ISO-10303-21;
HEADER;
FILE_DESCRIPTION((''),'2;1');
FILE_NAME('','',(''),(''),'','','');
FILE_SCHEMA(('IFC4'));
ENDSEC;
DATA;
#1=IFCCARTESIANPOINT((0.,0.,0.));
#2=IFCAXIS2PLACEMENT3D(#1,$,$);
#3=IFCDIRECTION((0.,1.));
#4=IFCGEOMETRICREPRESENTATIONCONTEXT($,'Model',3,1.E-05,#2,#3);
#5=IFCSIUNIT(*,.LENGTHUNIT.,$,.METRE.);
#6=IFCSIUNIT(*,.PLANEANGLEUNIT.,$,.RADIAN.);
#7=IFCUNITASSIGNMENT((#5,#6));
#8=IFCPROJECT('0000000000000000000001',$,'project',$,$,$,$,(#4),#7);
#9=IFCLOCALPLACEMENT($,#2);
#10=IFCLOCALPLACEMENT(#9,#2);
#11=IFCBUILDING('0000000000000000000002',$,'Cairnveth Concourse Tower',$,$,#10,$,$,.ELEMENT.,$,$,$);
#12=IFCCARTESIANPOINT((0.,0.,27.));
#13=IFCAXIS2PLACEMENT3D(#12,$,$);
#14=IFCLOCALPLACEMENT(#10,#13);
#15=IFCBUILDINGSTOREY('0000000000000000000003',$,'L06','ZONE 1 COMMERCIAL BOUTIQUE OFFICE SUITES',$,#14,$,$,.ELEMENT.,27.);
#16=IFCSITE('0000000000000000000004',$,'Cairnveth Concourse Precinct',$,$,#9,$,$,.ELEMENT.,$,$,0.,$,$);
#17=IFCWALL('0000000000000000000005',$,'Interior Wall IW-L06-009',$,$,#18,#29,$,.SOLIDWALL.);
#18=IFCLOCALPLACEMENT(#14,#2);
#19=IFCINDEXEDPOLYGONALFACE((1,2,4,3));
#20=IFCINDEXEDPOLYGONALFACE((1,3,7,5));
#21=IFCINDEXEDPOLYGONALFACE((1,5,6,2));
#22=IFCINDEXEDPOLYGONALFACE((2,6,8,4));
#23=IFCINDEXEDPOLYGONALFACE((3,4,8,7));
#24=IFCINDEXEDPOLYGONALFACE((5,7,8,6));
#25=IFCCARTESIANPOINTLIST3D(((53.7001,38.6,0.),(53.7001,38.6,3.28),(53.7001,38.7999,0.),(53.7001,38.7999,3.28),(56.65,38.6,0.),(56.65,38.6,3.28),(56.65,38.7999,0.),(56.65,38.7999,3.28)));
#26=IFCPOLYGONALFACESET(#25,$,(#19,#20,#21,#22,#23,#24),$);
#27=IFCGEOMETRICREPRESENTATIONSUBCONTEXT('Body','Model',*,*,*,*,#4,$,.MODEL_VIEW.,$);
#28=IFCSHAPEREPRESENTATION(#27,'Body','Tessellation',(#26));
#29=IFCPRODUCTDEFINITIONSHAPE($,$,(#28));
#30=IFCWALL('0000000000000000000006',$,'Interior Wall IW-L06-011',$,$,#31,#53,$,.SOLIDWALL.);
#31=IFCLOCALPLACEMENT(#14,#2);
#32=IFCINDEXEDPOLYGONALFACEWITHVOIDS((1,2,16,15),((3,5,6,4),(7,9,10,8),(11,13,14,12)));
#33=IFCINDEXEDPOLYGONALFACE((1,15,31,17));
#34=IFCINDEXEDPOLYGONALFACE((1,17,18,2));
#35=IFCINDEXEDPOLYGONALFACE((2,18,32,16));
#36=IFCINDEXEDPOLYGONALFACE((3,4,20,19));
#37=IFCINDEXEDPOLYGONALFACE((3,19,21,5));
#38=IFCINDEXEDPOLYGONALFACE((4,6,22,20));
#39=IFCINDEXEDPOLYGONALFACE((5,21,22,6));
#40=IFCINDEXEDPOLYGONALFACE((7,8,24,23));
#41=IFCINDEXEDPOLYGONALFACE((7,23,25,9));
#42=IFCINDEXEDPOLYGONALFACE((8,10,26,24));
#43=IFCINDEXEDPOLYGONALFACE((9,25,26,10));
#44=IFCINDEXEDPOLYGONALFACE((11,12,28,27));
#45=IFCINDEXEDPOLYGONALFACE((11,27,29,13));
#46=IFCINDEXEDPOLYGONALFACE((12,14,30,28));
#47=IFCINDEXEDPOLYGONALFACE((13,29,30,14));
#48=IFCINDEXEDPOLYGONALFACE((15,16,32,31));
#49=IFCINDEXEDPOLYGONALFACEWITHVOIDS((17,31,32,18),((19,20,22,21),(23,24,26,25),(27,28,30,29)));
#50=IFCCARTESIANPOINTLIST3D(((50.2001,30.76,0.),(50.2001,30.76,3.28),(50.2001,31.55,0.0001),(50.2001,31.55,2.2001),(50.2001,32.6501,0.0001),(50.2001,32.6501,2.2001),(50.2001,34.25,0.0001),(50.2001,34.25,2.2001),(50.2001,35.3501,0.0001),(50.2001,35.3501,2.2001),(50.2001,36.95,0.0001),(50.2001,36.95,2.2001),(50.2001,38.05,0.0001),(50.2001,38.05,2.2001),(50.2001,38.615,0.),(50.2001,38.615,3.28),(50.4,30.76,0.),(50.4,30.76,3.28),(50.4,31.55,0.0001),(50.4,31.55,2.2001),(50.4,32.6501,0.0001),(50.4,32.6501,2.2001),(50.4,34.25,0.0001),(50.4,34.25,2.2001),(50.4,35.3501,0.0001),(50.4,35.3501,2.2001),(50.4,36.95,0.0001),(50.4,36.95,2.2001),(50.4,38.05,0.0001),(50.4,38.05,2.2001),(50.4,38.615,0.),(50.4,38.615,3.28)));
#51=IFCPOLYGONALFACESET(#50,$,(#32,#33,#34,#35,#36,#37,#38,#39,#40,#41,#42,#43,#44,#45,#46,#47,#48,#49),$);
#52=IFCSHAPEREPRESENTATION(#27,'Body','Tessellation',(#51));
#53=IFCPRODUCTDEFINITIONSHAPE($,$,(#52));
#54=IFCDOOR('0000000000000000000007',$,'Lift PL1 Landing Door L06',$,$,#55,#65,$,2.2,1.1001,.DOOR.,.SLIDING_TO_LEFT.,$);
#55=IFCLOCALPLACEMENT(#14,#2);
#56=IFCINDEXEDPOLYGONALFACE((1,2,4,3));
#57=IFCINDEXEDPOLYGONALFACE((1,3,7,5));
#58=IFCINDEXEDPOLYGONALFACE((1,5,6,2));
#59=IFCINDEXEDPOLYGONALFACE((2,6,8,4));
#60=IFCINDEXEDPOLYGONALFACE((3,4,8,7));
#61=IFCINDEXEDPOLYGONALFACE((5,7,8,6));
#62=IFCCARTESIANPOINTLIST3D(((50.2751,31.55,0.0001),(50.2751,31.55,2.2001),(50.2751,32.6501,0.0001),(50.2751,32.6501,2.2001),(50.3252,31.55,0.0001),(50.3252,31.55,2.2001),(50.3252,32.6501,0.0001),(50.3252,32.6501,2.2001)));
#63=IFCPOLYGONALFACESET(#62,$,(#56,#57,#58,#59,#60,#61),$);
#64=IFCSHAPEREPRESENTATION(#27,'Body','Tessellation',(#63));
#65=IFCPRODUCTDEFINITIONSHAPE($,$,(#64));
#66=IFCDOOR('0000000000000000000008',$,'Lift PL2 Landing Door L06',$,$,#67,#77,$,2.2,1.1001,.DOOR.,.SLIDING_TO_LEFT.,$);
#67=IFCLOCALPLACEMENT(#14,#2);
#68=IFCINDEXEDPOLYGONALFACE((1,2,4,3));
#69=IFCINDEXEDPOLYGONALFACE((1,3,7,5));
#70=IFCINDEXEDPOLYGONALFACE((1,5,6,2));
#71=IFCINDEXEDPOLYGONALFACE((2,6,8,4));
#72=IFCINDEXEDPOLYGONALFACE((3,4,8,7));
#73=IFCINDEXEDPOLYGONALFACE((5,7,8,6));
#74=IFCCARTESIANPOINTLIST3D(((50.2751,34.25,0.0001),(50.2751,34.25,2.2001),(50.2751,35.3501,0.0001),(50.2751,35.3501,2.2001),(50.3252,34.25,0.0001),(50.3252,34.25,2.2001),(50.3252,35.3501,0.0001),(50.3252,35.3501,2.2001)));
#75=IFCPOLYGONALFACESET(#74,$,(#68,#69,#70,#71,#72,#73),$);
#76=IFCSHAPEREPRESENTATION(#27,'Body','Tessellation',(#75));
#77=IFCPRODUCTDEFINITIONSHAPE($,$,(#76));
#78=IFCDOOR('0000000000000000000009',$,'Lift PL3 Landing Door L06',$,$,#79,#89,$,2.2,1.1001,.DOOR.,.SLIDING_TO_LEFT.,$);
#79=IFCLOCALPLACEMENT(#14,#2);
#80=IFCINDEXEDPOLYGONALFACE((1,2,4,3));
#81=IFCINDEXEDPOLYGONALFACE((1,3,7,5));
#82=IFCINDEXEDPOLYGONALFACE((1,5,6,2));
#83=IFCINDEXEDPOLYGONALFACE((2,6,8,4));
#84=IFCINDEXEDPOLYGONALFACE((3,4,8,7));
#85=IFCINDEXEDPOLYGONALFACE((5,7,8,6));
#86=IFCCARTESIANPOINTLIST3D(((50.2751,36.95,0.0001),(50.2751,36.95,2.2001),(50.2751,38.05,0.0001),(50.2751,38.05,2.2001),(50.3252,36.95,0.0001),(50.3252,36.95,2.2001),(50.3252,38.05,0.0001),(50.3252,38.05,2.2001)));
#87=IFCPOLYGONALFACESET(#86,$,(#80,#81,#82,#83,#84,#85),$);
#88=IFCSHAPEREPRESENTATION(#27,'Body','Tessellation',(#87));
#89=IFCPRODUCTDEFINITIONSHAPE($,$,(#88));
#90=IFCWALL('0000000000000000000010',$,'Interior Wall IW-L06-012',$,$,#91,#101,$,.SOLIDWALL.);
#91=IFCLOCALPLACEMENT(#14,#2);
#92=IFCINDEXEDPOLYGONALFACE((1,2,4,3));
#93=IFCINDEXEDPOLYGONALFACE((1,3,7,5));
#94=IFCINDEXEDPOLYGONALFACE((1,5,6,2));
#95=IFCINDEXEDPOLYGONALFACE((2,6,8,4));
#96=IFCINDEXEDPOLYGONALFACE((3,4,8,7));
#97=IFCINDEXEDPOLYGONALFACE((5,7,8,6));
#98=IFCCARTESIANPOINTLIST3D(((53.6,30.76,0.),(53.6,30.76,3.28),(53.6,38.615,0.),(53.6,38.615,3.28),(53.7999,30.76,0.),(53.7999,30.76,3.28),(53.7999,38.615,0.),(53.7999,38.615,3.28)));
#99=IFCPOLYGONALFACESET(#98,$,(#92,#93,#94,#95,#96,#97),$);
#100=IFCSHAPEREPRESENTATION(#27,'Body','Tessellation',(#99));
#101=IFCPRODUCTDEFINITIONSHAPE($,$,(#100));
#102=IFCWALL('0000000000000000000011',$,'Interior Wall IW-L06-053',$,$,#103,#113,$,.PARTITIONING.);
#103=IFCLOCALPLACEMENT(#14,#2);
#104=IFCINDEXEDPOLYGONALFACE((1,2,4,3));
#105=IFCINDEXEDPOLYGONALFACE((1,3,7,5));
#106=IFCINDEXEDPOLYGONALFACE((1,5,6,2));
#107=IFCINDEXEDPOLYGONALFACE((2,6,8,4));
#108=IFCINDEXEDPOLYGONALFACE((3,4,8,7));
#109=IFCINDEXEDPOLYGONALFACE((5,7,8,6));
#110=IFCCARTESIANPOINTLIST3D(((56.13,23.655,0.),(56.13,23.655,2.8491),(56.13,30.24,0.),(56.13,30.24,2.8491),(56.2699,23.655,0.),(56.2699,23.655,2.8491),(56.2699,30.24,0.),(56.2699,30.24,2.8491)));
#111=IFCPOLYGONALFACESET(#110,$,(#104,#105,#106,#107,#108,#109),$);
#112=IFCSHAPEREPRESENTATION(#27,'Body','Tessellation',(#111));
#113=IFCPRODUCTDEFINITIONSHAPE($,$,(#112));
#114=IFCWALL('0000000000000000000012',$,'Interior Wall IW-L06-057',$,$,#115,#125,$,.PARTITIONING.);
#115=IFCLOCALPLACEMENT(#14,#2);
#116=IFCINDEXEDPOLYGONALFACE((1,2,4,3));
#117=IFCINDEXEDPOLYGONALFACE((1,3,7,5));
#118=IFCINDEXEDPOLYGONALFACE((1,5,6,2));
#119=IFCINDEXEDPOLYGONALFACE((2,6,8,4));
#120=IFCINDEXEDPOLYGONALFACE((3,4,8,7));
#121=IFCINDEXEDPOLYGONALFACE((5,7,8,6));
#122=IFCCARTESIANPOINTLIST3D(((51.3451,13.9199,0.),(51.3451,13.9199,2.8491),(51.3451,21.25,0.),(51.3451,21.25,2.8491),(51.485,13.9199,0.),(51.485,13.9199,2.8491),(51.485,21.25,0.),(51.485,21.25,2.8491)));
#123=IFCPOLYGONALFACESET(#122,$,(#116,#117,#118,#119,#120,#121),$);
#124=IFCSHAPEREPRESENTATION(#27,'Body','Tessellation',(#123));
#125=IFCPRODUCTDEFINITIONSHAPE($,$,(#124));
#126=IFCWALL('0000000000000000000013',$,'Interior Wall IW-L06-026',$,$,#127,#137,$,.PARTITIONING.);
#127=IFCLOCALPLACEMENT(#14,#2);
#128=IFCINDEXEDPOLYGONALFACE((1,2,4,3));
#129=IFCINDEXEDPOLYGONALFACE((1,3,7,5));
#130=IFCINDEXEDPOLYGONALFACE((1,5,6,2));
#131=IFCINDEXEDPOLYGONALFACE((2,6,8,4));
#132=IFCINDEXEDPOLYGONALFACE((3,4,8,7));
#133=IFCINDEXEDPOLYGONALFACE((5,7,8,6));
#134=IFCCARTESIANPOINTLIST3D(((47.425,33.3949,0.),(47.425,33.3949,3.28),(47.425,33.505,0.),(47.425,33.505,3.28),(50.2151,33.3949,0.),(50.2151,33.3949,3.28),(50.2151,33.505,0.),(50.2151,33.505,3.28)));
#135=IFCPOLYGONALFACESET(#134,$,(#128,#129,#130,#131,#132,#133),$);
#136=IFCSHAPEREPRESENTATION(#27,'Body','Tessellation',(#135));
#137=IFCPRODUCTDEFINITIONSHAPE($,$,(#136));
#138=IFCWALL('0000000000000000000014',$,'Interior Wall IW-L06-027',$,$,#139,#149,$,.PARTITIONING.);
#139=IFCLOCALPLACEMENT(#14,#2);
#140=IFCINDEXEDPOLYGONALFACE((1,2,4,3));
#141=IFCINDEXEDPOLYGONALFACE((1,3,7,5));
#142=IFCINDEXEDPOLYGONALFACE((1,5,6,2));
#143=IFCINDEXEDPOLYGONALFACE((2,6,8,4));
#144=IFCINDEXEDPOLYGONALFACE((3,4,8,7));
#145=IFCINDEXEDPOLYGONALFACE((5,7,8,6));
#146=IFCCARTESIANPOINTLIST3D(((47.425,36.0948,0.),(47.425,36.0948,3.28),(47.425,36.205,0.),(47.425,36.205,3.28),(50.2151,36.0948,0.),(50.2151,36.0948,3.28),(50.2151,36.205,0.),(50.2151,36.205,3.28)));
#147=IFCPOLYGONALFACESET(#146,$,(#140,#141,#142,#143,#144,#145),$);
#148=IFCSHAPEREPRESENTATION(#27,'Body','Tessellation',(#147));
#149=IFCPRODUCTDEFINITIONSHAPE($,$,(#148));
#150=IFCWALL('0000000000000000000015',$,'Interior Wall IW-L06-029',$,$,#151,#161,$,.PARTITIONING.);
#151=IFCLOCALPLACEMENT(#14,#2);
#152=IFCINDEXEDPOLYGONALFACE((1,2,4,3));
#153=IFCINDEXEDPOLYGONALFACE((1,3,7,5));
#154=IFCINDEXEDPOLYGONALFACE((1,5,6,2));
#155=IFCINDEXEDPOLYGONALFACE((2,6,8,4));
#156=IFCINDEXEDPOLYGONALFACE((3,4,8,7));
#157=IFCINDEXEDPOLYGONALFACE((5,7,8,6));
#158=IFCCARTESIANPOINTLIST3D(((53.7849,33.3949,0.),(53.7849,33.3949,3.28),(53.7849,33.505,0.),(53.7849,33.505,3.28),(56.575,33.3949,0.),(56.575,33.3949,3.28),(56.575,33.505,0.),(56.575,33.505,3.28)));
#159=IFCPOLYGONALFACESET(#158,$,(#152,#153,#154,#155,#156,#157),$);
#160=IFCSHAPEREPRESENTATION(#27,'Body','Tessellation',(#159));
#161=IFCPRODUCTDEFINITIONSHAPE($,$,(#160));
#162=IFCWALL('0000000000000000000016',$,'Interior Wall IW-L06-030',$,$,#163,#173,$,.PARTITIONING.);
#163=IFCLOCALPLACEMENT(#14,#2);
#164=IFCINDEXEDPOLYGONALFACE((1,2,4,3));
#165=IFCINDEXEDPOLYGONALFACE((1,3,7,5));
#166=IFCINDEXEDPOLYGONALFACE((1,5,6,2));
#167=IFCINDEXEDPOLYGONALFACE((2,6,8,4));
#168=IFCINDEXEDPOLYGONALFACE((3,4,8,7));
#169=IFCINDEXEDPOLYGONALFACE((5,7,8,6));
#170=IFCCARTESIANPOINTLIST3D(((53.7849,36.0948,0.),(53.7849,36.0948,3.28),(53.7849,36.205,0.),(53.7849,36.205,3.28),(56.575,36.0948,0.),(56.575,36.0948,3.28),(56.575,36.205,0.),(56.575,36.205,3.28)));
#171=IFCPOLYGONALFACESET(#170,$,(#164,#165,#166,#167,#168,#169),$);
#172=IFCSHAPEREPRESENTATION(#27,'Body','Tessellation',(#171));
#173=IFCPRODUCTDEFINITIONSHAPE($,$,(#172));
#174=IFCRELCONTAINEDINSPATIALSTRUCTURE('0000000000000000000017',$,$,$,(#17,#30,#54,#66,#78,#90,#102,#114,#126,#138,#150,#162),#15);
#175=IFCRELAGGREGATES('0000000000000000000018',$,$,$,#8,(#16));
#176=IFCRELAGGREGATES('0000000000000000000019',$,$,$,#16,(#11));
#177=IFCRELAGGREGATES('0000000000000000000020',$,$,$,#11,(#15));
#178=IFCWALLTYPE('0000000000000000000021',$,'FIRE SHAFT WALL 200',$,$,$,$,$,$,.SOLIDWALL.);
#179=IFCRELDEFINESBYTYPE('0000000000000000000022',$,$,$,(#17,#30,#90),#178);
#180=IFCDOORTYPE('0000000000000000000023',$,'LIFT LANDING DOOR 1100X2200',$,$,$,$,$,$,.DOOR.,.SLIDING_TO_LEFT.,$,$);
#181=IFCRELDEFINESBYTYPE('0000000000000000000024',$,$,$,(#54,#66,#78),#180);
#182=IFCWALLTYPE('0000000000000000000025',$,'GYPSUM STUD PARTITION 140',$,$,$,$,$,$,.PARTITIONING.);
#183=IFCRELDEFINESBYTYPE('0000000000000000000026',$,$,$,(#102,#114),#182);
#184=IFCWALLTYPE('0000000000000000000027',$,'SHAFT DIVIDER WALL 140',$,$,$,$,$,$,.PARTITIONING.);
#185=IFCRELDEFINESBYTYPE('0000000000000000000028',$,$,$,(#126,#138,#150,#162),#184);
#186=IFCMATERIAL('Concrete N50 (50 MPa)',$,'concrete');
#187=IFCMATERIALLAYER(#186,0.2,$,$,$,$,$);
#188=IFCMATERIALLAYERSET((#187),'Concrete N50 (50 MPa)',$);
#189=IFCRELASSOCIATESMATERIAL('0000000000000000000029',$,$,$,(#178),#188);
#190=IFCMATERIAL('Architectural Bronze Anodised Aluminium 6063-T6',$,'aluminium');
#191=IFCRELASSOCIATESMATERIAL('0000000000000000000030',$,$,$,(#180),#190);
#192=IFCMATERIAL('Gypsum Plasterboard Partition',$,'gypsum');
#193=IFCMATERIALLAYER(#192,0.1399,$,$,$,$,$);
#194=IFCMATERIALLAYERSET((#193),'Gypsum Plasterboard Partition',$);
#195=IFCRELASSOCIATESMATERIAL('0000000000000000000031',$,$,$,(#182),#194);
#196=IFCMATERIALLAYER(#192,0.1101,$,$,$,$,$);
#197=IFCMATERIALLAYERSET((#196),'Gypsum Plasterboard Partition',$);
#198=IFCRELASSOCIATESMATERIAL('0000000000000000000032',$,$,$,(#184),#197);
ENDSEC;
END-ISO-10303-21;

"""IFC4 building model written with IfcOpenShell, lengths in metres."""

from ifc_helpers import new_model, si_unit, direction, frame, frame_2d, origin, place, context, subcontext, project, spatial, rectangle, extrude, material, layer, layer_set, type_object, element, fill, save


model = new_model("IFC4")

# Units and contexts
model_context = context("Model", 3, precision=1e-05, world=origin(), true_north=direction((0.0, 1.0)))
body_context = subcontext(model_context, "Body", "Model", "MODEL_VIEW")
ifc_project = project(units=[si_unit("LENGTHUNIT", "METRE"), si_unit("PLANEANGLEUNIT", "RADIAN")], contexts=[model_context])

# Site, building, storey
site_placement = place(None, origin())
site = spatial("IfcSite", under=ifc_project, at=site_placement, Name="Cairnveth Concourse Precinct", CompositionType="ELEMENT", RefElevation=0.0)
building_placement = place(site_placement, origin())
building = spatial("IfcBuilding", under=site, at=building_placement, Name="Cairnveth Concourse Tower", CompositionType="ELEMENT")
storey_placement = place(building_placement, frame((0.0, 0.0, 27.0)))
storey = spatial("IfcBuildingStorey", under=building, at=storey_placement, Name="L06", Description="ZONE 1 COMMERCIAL BOUTIQUE OFFICE SUITES", CompositionType="ELEMENT", Elevation=27.0)

# Shared definitions
ifc_material_1 = material(Name="Concrete N50 (50 MPa)", Category="concrete")

# Wall
ifc_layer_1 = layer(ifc_material_1, 0.2)
ifc_layer_set_1 = layer_set([ifc_layer_1], Name="Concrete N50 (50 MPa)")
wall_type_1 = type_object("IfcWallType", Name="FIRE SHAFT WALL 200", PredefinedType="SOLIDWALL", material=ifc_layer_set_1)
for number, where, z_axis, x_axis, name in (
    (1, (53.7, 38.7, 0.0), (0.0, 0.0, 1.0), (1.0, 0.0, 0.0), "Interior Wall IW-L06-009"),
):
    element("IfcWall", number, at=place(storey_placement, frame(where, z_axis=z_axis, x_axis=x_axis)), inside=storey, type_object=wall_type_1, Name=name, PredefinedType="SOLIDWALL", context=body_context, shape_type="SweptSolid", body=[
        extrude(rectangle(XDim=2.95, YDim=0.2, at=frame_2d((1.4751, 0.0))), origin(), (0.0, 0.0, 1.0), 3.28),
    ])

# Wall, openings, doors
wall_1_placement = place(storey_placement, frame((50.3, 30.76, 0.0), z_axis=(0.0, 0.0, 1.0), x_axis=(0.0, 1.0, 0.0)))
wall_1 = element("IfcWall", 2, at=wall_1_placement, inside=storey, type_object=wall_type_1, Name="Interior Wall IW-L06-011", PredefinedType="SOLIDWALL", context=body_context, shape_type="SweptSolid", body=[
    extrude(rectangle(XDim=7.855, YDim=0.2, at=frame_2d((3.9275, 0.0))), origin(), (0.0, 0.0, 1.0), 3.28),
])
opening_1_placement = place(wall_1_placement, frame((0.79, 0.0, 0.0)))
opening_1 = element("IfcOpeningElement", 3, at=opening_1_placement, cuts=wall_1, PredefinedType="OPENING", context=body_context, shape_type="SweptSolid", body=[
    extrude(rectangle(XDim=1.1001, YDim=2.2, at=frame_2d((0.55, 1.1001))), frame((0.0, 0.1099, 0.0), z_axis=(0.0, -1.0, 0.0), x_axis=(1.0, 0.0, 0.0)), (0.0, 0.0, 1.0), 0.22),
])
opening_2_placement = place(wall_1_placement, frame((3.49, 0.0, 0.0)))
opening_2 = element("IfcOpeningElement", 4, at=opening_2_placement, cuts=wall_1, PredefinedType="OPENING", context=body_context, shape_type="SweptSolid", body=[
    extrude(rectangle(XDim=1.1001, YDim=2.2, at=frame_2d((0.55, 1.1001))), frame((0.0, 0.1099, 0.0), z_axis=(0.0, -1.0, 0.0), x_axis=(1.0, 0.0, 0.0)), (0.0, 0.0, 1.0), 0.22),
])
opening_3_placement = place(wall_1_placement, frame((6.1899, 0.0, 0.0)))
opening_3 = element("IfcOpeningElement", 5, at=opening_3_placement, cuts=wall_1, PredefinedType="OPENING", context=body_context, shape_type="SweptSolid", body=[
    extrude(rectangle(XDim=1.1001, YDim=2.2, at=frame_2d((0.55, 1.1001))), frame((0.0, 0.1099, 0.0), z_axis=(0.0, -1.0, 0.0), x_axis=(1.0, 0.0, 0.0)), (0.0, 0.0, 1.0), 0.22),
])
ifc_material_2 = material(Name="Architectural Bronze Anodised Aluminium 6063-T6", Category="aluminium")
door_type_1 = type_object("IfcDoorType", Name="LIFT LANDING DOOR 1100X2200", OperationType="SLIDING_TO_LEFT", PredefinedType="DOOR", material=ifc_material_2)
door_1_placement = place(opening_1_placement, origin())
door_1 = element("IfcDoor", 6, at=door_1_placement, inside=storey, type_object=door_type_1, Name="Lift PL1 Landing Door L06", OperationType="SLIDING_TO_LEFT", OverallHeight=2.2, OverallWidth=1.1001, PredefinedType="DOOR", context=body_context, shape_type="SweptSolid", body=[
    extrude(rectangle(XDim=1.1001, YDim=2.2, at=frame_2d((0.55, 1.1001))), frame((0.0, 0.0249, 0.0), z_axis=(0.0, -1.0, 0.0), x_axis=(1.0, 0.0, 0.0)), (0.0, 0.0, 1.0), 0.05),
])
fill(opening_1, door_1)
door_2_placement = place(opening_2_placement, origin())
door_2 = element("IfcDoor", 7, at=door_2_placement, inside=storey, type_object=door_type_1, Name="Lift PL2 Landing Door L06", OperationType="SLIDING_TO_LEFT", OverallHeight=2.2, OverallWidth=1.1001, PredefinedType="DOOR", context=body_context, shape_type="SweptSolid", body=[
    extrude(rectangle(XDim=1.1001, YDim=2.2, at=frame_2d((0.55, 1.1001))), frame((0.0, 0.0249, 0.0), z_axis=(0.0, -1.0, 0.0), x_axis=(1.0, 0.0, 0.0)), (0.0, 0.0, 1.0), 0.05),
])
fill(opening_2, door_2)
door_3_placement = place(opening_3_placement, origin())
door_3 = element("IfcDoor", 8, at=door_3_placement, inside=storey, type_object=door_type_1, Name="Lift PL3 Landing Door L06", OperationType="SLIDING_TO_LEFT", OverallHeight=2.2, OverallWidth=1.1001, PredefinedType="DOOR", context=body_context, shape_type="SweptSolid", body=[
    extrude(rectangle(XDim=1.1001, YDim=2.2, at=frame_2d((0.55, 1.1001))), frame((0.0, 0.0249, 0.0), z_axis=(0.0, -1.0, 0.0), x_axis=(1.0, 0.0, 0.0)), (0.0, 0.0, 1.0), 0.05),
])
fill(opening_3, door_3)

# Walls
wall_2_placement = place(storey_placement, frame((53.7, 30.76, 0.0), z_axis=(0.0, 0.0, 1.0), x_axis=(0.0, 1.0, 0.0)))
element("IfcWall", 9, at=wall_2_placement, inside=storey, type_object=wall_type_1, Name="Interior Wall IW-L06-012", PredefinedType="SOLIDWALL", context=body_context, shape_type="SweptSolid", body=[
    extrude(rectangle(XDim=7.855, YDim=0.2, at=frame_2d((3.9275, 0.0))), origin(), (0.0, 0.0, 1.0), 3.28),
])
ifc_material_3 = material(Name="Gypsum Plasterboard Partition", Category="gypsum")
ifc_layer_2 = layer(ifc_material_3, 0.1399)
ifc_layer_set_2 = layer_set([ifc_layer_2], Name="Gypsum Plasterboard Partition")
wall_type_2 = type_object("IfcWallType", Name="GYPSUM STUD PARTITION 140", PredefinedType="PARTITIONING", material=ifc_layer_set_2)
wall_3_placement = place(storey_placement, frame((56.2, 23.655, 0.0), z_axis=(0.0, 0.0, 1.0), x_axis=(0.0, 1.0, 0.0)))
element("IfcWall", 10, at=wall_3_placement, inside=storey, type_object=wall_type_2, Name="Interior Wall IW-L06-053", PredefinedType="PARTITIONING", context=body_context, shape_type="SweptSolid", body=[
    extrude(rectangle(XDim=6.585, YDim=0.1399, at=frame_2d((3.2925, 0.0))), origin(), (0.0, 0.0, 1.0), 2.8491),
])
wall_4_placement = place(storey_placement, frame((51.415, 13.9199, 0.0), z_axis=(0.0, 0.0, 1.0), x_axis=(0.0, 1.0, 0.0)))
element("IfcWall", 11, at=wall_4_placement, inside=storey, type_object=wall_type_2, Name="Interior Wall IW-L06-057", PredefinedType="PARTITIONING", context=body_context, shape_type="SweptSolid", body=[
    extrude(rectangle(XDim=7.3301, YDim=0.1399, at=frame_2d((3.665, 0.0))), origin(), (0.0, 0.0, 1.0), 2.8491),
])
ifc_layer_3 = layer(ifc_material_3, 0.1101)
ifc_layer_set_3 = layer_set([ifc_layer_3], Name="Gypsum Plasterboard Partition")
wall_type_3 = type_object("IfcWallType", Name="SHAFT DIVIDER WALL 140", PredefinedType="PARTITIONING", material=ifc_layer_set_3)
for number, where, z_axis, x_axis, name in (
    (12, (47.425, 33.45, 0.0), (0.0, 0.0, 1.0), (1.0, 0.0, 0.0), "Interior Wall IW-L06-026"),
    (13, (47.425, 36.1499, 0.0), (0.0, 0.0, 1.0), (1.0, 0.0, 0.0), "Interior Wall IW-L06-027"),
    (14, (53.7849, 33.45, 0.0), (0.0, 0.0, 1.0), (1.0, 0.0, 0.0), "Interior Wall IW-L06-029"),
    (15, (53.7849, 36.1499, 0.0), (0.0, 0.0, 1.0), (1.0, 0.0, 0.0), "Interior Wall IW-L06-030"),
):
    element("IfcWall", number, at=place(storey_placement, frame(where, z_axis=z_axis, x_axis=x_axis)), inside=storey, type_object=wall_type_3, Name=name, PredefinedType="PARTITIONING", context=body_context, shape_type="SweptSolid", body=[
        extrude(rectangle(XDim=2.79, YDim=0.1101, at=frame_2d((1.395, 0.0))), origin(), (0.0, 0.0, 1.0), 3.28),
    ])

save(model, "model.ifc")
